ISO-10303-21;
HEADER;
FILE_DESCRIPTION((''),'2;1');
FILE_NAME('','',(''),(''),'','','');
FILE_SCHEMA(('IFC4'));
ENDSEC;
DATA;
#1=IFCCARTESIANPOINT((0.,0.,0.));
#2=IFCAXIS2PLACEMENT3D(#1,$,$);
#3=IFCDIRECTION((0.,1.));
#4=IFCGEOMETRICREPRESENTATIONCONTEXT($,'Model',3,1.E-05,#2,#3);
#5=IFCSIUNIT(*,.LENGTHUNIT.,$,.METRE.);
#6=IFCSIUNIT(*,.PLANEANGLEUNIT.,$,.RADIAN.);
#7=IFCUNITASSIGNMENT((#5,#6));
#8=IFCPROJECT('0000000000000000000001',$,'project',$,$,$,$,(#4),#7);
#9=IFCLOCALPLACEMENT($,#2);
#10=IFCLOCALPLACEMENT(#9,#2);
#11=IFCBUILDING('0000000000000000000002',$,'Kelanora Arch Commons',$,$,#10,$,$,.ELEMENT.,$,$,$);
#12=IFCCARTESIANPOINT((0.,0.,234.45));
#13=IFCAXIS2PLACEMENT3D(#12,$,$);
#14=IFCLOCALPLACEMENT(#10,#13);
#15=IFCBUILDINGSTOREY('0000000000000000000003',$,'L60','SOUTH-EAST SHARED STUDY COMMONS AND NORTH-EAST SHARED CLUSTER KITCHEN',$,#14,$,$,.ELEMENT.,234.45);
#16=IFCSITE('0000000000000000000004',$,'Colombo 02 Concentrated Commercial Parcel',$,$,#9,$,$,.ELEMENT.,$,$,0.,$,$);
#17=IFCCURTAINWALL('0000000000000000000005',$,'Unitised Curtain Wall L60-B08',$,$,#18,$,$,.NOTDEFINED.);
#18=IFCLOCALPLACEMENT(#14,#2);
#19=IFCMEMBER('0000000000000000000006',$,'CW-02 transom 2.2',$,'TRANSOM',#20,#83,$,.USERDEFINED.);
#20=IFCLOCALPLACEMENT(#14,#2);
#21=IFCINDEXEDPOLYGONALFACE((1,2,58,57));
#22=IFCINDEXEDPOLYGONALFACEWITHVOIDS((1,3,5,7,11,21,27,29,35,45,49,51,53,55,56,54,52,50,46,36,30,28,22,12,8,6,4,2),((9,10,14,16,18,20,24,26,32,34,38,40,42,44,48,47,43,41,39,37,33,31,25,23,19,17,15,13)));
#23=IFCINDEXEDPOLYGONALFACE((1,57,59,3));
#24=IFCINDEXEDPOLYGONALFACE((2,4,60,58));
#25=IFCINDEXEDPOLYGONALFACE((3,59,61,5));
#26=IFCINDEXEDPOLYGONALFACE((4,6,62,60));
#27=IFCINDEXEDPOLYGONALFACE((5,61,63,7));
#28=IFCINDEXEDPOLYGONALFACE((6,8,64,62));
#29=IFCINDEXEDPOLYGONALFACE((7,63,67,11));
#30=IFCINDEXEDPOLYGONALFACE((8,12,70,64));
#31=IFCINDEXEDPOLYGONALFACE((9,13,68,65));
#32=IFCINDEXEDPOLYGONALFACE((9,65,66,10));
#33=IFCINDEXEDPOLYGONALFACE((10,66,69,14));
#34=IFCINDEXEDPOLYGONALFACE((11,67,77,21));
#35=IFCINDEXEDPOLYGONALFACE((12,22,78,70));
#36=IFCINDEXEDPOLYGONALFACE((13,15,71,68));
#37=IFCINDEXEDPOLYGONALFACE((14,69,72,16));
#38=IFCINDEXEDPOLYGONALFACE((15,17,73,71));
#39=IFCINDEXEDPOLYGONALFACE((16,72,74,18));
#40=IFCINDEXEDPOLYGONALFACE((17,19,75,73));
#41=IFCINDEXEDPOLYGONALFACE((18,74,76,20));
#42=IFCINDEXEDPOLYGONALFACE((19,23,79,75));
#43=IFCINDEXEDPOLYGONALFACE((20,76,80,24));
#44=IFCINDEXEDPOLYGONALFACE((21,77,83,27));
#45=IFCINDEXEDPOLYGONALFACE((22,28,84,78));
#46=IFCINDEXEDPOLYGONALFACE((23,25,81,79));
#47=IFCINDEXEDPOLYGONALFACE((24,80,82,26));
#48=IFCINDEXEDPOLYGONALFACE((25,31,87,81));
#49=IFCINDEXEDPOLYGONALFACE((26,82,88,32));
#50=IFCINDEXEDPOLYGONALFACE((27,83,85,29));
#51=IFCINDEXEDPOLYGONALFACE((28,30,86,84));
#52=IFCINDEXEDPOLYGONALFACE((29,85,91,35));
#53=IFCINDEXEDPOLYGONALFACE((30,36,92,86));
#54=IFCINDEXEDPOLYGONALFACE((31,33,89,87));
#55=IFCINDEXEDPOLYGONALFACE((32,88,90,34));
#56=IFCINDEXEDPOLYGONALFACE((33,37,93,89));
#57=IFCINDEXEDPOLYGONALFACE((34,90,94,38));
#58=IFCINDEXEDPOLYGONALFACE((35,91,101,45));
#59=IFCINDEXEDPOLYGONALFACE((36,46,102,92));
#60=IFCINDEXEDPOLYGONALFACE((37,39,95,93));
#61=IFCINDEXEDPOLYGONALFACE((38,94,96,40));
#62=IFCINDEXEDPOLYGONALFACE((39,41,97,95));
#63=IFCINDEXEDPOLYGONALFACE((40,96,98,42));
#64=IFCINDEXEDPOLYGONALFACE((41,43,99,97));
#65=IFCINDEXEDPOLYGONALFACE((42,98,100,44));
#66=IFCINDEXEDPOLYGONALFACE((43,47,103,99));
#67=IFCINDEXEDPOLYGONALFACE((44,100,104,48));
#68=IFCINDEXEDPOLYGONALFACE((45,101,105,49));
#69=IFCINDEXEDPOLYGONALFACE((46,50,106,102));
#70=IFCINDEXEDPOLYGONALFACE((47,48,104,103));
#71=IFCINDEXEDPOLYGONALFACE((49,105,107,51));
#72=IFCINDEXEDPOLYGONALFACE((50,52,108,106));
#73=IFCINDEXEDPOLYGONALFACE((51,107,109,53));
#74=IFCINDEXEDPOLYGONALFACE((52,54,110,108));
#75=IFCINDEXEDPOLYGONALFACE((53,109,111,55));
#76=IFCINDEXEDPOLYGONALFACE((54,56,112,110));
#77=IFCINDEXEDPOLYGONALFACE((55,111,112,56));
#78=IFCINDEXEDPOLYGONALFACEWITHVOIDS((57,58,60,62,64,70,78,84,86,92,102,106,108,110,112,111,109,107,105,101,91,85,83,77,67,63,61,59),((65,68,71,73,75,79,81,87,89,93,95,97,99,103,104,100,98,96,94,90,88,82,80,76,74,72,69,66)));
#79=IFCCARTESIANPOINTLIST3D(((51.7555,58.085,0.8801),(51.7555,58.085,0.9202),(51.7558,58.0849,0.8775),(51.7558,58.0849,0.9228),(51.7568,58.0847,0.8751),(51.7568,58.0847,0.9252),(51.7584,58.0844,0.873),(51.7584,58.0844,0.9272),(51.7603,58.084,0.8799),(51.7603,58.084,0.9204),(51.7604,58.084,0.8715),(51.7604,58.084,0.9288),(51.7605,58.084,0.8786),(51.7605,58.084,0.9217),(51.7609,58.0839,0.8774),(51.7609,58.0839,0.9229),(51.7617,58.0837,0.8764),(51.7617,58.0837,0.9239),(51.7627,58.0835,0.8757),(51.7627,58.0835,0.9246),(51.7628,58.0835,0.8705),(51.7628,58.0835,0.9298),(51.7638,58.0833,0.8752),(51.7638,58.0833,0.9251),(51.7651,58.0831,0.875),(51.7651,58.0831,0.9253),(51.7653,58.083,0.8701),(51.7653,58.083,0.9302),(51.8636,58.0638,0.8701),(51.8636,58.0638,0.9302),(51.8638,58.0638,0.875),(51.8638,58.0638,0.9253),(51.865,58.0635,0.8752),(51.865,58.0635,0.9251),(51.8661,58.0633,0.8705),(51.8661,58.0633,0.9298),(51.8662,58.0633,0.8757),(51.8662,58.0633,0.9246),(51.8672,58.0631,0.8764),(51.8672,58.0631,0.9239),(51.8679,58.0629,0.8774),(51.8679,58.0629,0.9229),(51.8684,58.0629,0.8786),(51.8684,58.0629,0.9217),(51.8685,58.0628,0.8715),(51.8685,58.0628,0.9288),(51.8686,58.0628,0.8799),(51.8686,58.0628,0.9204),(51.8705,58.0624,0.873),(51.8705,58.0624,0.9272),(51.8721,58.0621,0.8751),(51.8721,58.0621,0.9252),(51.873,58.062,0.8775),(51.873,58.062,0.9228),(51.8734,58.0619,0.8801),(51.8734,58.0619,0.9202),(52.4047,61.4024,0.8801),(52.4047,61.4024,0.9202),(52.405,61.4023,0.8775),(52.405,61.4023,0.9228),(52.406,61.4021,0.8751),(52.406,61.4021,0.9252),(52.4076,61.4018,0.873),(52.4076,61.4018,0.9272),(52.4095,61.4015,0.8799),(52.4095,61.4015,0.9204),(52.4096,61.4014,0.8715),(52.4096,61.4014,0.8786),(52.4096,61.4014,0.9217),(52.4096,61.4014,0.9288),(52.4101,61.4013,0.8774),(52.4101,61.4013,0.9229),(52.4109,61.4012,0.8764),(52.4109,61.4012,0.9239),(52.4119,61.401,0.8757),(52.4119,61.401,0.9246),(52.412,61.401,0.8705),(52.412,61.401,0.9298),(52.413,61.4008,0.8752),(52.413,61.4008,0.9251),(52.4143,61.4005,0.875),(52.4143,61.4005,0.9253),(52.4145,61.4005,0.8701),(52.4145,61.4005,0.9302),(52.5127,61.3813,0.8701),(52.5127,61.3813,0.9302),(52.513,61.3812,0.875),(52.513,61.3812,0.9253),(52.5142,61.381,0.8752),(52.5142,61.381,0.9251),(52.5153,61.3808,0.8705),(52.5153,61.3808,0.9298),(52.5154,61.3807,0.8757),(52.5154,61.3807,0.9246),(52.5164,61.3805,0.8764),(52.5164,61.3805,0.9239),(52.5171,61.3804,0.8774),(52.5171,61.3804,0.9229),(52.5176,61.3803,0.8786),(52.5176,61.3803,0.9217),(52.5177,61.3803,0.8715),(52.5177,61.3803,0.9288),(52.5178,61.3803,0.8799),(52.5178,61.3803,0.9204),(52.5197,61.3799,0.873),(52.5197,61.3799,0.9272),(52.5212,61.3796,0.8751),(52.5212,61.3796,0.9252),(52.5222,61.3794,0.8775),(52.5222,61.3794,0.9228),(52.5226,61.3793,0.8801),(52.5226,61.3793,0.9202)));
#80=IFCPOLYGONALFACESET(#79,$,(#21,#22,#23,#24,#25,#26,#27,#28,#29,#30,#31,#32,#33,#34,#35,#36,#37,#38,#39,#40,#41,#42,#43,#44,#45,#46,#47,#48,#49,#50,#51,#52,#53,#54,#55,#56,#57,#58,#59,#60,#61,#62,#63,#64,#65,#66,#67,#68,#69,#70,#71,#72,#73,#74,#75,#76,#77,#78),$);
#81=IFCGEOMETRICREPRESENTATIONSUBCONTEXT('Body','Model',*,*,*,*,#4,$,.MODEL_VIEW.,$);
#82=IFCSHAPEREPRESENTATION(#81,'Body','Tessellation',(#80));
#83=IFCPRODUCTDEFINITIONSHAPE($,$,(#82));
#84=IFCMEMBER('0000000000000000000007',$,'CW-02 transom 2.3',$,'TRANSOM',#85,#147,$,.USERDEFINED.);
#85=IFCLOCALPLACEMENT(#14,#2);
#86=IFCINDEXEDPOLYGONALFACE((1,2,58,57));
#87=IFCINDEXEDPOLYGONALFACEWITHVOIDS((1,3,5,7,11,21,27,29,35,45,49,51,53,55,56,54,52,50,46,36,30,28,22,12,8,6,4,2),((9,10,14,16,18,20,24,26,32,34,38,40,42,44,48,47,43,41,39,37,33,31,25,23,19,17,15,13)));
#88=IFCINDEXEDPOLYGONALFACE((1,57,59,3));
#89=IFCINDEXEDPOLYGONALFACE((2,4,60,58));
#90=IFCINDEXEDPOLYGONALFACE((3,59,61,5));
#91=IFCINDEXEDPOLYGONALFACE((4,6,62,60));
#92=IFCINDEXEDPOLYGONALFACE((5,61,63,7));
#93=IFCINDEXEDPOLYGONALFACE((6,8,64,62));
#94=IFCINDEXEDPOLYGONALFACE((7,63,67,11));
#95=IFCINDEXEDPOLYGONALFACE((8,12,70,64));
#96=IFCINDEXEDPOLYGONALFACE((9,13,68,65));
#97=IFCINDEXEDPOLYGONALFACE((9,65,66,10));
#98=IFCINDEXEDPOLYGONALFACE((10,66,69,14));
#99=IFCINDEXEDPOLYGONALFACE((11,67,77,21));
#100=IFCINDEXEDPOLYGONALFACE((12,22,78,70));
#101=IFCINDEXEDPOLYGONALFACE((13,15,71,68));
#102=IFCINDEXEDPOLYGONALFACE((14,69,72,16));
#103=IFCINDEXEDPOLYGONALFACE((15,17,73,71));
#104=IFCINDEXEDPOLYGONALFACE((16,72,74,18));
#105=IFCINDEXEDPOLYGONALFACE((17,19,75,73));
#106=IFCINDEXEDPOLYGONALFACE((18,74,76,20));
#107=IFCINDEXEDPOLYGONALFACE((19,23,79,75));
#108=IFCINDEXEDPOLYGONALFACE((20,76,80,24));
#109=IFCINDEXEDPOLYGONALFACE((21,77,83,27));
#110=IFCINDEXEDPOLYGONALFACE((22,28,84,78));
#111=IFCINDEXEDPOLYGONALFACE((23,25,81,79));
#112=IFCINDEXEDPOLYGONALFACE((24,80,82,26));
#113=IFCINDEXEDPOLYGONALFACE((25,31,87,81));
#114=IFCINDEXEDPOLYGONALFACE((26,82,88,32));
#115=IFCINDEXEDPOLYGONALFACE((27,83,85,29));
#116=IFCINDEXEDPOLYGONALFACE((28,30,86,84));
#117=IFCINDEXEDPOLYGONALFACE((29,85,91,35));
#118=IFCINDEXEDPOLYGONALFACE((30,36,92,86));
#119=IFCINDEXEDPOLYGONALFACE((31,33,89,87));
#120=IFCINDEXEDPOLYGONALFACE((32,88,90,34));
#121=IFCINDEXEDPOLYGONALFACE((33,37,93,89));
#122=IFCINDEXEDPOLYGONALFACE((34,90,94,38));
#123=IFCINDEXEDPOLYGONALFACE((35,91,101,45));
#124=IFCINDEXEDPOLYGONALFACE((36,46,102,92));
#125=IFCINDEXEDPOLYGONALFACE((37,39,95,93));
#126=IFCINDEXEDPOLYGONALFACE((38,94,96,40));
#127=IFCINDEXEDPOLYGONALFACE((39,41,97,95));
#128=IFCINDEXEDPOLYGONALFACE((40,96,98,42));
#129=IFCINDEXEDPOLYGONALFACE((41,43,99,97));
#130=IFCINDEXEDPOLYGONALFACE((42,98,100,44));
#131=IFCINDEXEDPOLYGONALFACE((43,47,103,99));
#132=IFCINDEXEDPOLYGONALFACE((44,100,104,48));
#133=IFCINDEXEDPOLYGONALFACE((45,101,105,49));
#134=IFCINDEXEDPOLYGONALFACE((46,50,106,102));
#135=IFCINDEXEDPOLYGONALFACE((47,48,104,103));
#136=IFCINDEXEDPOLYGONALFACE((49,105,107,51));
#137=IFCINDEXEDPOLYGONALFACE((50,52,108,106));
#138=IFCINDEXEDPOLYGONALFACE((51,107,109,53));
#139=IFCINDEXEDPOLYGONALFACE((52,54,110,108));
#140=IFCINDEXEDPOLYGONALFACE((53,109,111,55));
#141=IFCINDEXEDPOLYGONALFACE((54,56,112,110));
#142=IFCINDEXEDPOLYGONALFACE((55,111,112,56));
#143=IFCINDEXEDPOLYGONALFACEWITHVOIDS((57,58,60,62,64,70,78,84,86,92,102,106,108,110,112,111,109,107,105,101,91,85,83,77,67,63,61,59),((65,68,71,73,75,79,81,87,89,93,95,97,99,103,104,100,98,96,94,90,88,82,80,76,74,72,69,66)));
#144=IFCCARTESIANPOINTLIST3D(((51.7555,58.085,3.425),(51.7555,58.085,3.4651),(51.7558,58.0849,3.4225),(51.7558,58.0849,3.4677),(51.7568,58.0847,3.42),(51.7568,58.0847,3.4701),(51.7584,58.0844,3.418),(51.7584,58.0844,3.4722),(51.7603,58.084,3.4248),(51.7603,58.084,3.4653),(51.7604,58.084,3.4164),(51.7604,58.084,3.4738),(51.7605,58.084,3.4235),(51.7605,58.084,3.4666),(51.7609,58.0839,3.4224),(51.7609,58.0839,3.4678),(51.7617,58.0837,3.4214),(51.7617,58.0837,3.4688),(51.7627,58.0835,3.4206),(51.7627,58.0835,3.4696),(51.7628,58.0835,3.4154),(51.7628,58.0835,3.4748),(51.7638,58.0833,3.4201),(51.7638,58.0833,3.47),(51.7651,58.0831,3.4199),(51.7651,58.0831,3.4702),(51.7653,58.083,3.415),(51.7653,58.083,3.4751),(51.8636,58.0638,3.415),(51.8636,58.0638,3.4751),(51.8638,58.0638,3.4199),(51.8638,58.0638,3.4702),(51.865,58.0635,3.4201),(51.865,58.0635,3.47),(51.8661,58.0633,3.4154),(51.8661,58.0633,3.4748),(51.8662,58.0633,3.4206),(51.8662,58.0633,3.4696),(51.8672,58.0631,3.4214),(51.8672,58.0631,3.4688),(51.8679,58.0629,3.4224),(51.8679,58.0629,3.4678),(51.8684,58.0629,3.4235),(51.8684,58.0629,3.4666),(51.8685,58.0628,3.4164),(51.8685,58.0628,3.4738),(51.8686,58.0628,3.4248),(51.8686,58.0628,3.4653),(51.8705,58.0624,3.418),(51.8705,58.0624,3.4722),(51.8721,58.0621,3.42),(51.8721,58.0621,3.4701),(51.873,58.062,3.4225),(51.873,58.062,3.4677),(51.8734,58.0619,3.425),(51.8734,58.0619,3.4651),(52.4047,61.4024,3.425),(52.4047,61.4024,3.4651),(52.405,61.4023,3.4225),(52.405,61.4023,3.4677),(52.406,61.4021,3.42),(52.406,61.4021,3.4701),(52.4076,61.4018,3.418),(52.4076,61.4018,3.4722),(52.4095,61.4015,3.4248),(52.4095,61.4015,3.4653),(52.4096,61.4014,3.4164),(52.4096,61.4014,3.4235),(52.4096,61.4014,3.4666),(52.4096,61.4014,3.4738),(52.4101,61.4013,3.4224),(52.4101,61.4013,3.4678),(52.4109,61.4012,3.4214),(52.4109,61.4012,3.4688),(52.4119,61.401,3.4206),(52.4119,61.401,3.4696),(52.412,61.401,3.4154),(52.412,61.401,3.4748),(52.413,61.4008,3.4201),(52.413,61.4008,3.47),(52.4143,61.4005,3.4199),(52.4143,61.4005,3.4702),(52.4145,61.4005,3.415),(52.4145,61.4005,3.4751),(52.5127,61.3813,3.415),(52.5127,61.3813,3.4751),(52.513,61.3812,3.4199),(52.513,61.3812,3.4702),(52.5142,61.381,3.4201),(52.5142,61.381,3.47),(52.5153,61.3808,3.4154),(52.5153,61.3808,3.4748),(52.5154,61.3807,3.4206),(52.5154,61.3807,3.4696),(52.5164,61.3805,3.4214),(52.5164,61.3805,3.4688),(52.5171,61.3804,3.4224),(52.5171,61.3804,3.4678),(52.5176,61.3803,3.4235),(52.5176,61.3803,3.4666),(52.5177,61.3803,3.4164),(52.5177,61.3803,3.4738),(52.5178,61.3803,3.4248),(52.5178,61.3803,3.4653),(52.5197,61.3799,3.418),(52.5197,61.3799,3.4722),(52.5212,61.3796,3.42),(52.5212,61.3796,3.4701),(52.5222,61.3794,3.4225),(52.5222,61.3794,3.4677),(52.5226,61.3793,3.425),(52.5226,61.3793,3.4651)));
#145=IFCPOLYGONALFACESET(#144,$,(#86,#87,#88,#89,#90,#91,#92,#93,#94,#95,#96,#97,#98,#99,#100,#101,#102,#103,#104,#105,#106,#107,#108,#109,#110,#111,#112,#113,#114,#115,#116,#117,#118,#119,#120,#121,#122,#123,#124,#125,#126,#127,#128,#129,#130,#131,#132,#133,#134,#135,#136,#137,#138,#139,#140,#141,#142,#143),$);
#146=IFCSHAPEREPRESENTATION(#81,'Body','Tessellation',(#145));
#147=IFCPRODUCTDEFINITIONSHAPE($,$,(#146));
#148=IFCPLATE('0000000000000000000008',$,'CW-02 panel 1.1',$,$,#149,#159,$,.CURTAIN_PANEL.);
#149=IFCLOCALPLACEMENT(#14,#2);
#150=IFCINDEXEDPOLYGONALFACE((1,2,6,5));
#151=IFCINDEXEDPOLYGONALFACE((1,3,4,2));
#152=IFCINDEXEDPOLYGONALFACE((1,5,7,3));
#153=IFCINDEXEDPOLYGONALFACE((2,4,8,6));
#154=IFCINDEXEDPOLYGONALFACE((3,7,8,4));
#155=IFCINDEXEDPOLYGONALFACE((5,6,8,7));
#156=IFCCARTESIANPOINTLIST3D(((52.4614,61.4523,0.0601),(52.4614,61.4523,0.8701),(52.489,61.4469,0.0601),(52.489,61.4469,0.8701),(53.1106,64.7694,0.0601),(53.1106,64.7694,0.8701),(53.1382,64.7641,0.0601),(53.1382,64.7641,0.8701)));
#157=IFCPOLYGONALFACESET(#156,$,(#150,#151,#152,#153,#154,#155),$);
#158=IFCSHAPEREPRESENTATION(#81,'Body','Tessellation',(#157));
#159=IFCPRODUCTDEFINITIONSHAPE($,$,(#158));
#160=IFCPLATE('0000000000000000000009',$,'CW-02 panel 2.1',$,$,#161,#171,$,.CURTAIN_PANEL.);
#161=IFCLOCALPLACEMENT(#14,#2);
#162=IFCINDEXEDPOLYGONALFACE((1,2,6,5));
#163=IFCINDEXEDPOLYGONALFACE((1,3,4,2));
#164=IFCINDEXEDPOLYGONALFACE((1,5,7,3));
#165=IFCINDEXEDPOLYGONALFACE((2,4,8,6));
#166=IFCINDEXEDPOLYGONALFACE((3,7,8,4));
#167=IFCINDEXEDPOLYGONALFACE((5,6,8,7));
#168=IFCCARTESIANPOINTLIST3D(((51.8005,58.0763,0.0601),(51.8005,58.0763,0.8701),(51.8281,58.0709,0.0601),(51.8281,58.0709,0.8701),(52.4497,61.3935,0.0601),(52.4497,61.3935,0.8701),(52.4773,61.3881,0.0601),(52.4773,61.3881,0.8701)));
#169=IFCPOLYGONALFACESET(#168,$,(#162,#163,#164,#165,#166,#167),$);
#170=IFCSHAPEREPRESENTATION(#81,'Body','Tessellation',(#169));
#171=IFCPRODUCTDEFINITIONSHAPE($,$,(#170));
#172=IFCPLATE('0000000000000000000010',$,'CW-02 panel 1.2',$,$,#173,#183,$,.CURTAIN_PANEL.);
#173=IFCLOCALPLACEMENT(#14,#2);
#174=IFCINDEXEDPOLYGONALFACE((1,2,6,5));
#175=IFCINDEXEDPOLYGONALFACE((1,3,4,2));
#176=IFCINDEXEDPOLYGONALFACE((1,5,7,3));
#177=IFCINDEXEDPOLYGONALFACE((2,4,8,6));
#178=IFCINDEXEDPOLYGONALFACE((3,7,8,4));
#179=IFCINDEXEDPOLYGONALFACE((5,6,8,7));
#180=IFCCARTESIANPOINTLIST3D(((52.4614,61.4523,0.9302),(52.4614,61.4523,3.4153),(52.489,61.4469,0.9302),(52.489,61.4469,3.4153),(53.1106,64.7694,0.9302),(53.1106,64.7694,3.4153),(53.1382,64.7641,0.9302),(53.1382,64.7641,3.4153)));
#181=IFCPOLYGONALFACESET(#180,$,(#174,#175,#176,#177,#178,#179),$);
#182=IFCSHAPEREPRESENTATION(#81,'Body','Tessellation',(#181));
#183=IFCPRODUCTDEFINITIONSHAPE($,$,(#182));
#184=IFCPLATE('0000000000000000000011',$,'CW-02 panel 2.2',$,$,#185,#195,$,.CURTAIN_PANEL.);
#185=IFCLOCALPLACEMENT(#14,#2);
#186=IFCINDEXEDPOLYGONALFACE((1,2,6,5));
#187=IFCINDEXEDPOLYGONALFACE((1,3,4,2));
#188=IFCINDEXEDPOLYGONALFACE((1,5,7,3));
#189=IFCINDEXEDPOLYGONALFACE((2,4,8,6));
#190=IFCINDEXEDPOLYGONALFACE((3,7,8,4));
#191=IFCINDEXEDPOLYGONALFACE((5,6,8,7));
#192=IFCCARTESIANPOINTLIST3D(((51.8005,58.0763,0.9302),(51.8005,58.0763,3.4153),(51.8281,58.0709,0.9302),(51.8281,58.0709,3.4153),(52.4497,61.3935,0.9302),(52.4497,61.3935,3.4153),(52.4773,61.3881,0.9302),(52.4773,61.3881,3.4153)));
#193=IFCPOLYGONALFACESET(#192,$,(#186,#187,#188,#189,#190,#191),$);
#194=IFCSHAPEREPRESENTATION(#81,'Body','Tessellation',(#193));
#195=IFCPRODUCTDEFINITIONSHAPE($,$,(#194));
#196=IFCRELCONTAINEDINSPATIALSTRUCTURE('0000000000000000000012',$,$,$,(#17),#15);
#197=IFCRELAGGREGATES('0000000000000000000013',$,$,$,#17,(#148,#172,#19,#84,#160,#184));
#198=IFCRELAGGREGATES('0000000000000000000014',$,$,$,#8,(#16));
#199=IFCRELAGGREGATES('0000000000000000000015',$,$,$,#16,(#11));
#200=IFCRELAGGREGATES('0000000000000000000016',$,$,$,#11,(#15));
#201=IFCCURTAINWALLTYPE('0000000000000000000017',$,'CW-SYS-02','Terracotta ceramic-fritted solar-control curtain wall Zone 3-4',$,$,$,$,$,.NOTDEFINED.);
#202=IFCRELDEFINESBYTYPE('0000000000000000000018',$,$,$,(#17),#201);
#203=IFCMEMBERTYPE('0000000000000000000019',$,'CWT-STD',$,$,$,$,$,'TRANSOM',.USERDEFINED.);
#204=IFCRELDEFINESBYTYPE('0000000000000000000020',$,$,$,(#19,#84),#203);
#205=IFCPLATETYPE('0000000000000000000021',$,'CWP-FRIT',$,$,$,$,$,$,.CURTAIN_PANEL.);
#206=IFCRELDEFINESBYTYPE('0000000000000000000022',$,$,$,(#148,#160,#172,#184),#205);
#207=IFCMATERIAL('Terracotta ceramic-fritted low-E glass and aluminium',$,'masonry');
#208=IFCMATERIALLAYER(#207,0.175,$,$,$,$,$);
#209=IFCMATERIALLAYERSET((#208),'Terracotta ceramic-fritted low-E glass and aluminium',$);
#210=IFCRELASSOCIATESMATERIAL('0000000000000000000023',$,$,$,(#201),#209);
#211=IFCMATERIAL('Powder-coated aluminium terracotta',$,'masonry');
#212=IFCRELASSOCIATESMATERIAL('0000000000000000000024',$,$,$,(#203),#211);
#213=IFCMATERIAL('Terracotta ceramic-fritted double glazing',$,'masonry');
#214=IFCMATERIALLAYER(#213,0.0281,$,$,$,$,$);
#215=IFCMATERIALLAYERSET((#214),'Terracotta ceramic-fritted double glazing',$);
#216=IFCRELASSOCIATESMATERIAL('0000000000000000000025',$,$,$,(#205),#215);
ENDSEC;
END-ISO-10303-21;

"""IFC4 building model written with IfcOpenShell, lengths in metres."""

from ifc_helpers import new_model, si_unit, direction, frame, origin, origin_2d, place, context, subcontext, project, spatial, rectangle, hollow_rectangle, extrude, source, transform, mapped, material, layer, layer_set, material_profile, profile_set, type_object, element, aggregate, save


model = new_model("IFC4")

# Units and contexts
model_context = context("Model", 3, precision=1e-05, world=origin(), true_north=direction((0.0, 1.0)))
body_context = subcontext(model_context, "Body", "Model", "MODEL_VIEW")
ifc_project = project(units=[si_unit("LENGTHUNIT", "METRE"), si_unit("PLANEANGLEUNIT", "RADIAN")], contexts=[model_context])

# Site, building, storey
site_placement = place(None, origin())
site = spatial("IfcSite", under=ifc_project, at=site_placement, Name="Colombo 02 Concentrated Commercial Parcel", CompositionType="ELEMENT", RefElevation=0.0)
building_placement = place(site_placement, origin())
building = spatial("IfcBuilding", under=site, at=building_placement, Name="Kelanora Arch Commons", CompositionType="ELEMENT")
storey_placement = place(building_placement, frame((0.0, 0.0, 234.45)))
storey = spatial("IfcBuildingStorey", under=building, at=storey_placement, Name="L60", Description="SOUTH-EAST SHARED STUDY COMMONS AND NORTH-EAST SHARED CLUSTER KITCHEN", CompositionType="ELEMENT", Elevation=234.45)

# Curtain wall, members, plates
ifc_material_1 = material(Name="Terracotta ceramic-fritted low-E glass and aluminium", Category="masonry")
ifc_layer_1 = layer(ifc_material_1, 0.175)
ifc_layer_set_1 = layer_set([ifc_layer_1], Name="Terracotta ceramic-fritted low-E glass and aluminium")
curtain_wall_type = type_object("IfcCurtainWallType", Name="CW-SYS-02", Description="Terracotta ceramic-fritted solar-control curtain wall Zone 3-4", PredefinedType="NOTDEFINED", material=ifc_layer_set_1)
curtain_wall_placement = place(storey_placement, origin())
curtain_wall = element("IfcCurtainWall", 1, at=curtain_wall_placement, inside=storey, type_object=curtain_wall_type, Name="Unitised Curtain Wall L60-B08", PredefinedType="NOTDEFINED")
ifc_material_2 = material(Name="Powder-coated aluminium terracotta", Category="masonry")
ifc_material_profile_1 = material_profile(ifc_material_2, hollow_rectangle(XDim=0.1201, YDim=0.0601, WallThickness=0.0049, InnerFilletRadius=0.0049, OuterFilletRadius=0.01, at=origin_2d()), Name="CWT120x60")
ifc_profile_set_1 = profile_set([ifc_material_profile_1], Name="Powder-coated aluminium terracotta")
member_type_1 = type_object("IfcMemberType", Name="CWT-STD", ElementType="TRANSOM", PredefinedType="USERDEFINED", material=ifc_profile_set_1)
member_1_placement = place(storey_placement, frame((52.4636, 61.3909, 0.9001), z_axis=(-0.192045, -0.981386, 0.0), x_axis=(0.981386, -0.192045, 0.0)))
member_1 = element("IfcMember", 2, at=member_1_placement, type_object=member_type_1, Name="CW-02 transom 2.2", ObjectType="TRANSOM", PredefinedType="USERDEFINED", context=body_context, shape_type="SweptSolid", body=[
    extrude(hollow_rectangle(XDim=0.1201, YDim=0.0601, WallThickness=0.0049, InnerFilletRadius=0.0049, OuterFilletRadius=0.01, at=origin_2d()), origin(), (0.0, 0.0, 1.0), 3.3804),
])
member_2_placement = place(storey_placement, frame((52.4636, 61.3909, 3.4451), z_axis=(-0.192045, -0.981386, 0.0), x_axis=(0.981386, -0.192045, 0.0)))
member_2 = element("IfcMember", 3, at=member_2_placement, type_object=member_type_1, Name="CW-02 transom 2.3", ObjectType="TRANSOM", PredefinedType="USERDEFINED", context=body_context, shape_type="SweptSolid", body=[
    extrude(hollow_rectangle(XDim=0.1201, YDim=0.0601, WallThickness=0.0049, InnerFilletRadius=0.0049, OuterFilletRadius=0.01, at=origin_2d()), origin(), (0.0, 0.0, 1.0), 3.3804),
])
ifc_material_3 = material(Name="Terracotta ceramic-fritted double glazing", Category="masonry")
ifc_layer_2 = layer(ifc_material_3, 0.0281)
ifc_layer_set_2 = layer_set([ifc_layer_2], Name="Terracotta ceramic-fritted double glazing")
plate_type = type_object("IfcPlateType", Name="CWP-FRIT", PredefinedType="CURTAIN_PANEL", material=ifc_layer_set_2)
shared_shape_1 = source(origin(), body_context, "Body", "SweptSolid", [
    extrude(rectangle(XDim=3.3801, YDim=0.0281, at=origin_2d()), origin(), (0.0, 0.0, 1.0), 0.8101),
])
plate_1_placement = place(storey_placement, frame((52.7998, 63.1082, 0.0601), z_axis=(0.0, 0.0, 1.0), x_axis=(-0.192069, -0.981381, 0.0)))
plate_1 = element("IfcPlate", 4, at=plate_1_placement, type_object=plate_type, Name="CW-02 panel 1.1", PredefinedType="CURTAIN_PANEL", context=body_context, shape_type="MappedRepresentation", body=[
    mapped(shared_shape_1, transform((0.0, 0.0, 0.0), scale=1.0)),
])
plate_2_placement = place(storey_placement, frame((52.1389, 59.7322, 0.0601), z_axis=(0.0, 0.0, 1.0), x_axis=(-0.192069, -0.981381, 0.0)))
plate_2 = element("IfcPlate", 5, at=plate_2_placement, type_object=plate_type, Name="CW-02 panel 2.1", PredefinedType="CURTAIN_PANEL", context=body_context, shape_type="MappedRepresentation", body=[
    mapped(shared_shape_1, transform((0.0, 0.0, 0.0), scale=1.0)),
])
shared_shape_2 = source(origin(), body_context, "Body", "SweptSolid", [
    extrude(rectangle(XDim=3.3801, YDim=0.0281, at=origin_2d()), origin(), (0.0, 0.0, 1.0), 2.4851),
])
plate_3_placement = place(storey_placement, frame((52.7998, 63.1082, 0.9302), z_axis=(0.0, 0.0, 1.0), x_axis=(-0.192069, -0.981381, 0.0)))
plate_3 = element("IfcPlate", 6, at=plate_3_placement, type_object=plate_type, Name="CW-02 panel 1.2", PredefinedType="CURTAIN_PANEL", context=body_context, shape_type="MappedRepresentation", body=[
    mapped(shared_shape_2, transform((0.0, 0.0, 0.0), scale=1.0)),
])
plate_4_placement = place(storey_placement, frame((52.1389, 59.7322, 0.9302), z_axis=(0.0, 0.0, 1.0), x_axis=(-0.192069, -0.981381, 0.0)))
plate_4 = element("IfcPlate", 7, at=plate_4_placement, type_object=plate_type, Name="CW-02 panel 2.2", PredefinedType="CURTAIN_PANEL", context=body_context, shape_type="MappedRepresentation", body=[
    mapped(shared_shape_2, transform((0.0, 0.0, 0.0), scale=1.0)),
])
aggregate(curtain_wall, [plate_1, plate_3, member_1, member_2, plate_2, plate_4])

save(model, "model.ifc")
